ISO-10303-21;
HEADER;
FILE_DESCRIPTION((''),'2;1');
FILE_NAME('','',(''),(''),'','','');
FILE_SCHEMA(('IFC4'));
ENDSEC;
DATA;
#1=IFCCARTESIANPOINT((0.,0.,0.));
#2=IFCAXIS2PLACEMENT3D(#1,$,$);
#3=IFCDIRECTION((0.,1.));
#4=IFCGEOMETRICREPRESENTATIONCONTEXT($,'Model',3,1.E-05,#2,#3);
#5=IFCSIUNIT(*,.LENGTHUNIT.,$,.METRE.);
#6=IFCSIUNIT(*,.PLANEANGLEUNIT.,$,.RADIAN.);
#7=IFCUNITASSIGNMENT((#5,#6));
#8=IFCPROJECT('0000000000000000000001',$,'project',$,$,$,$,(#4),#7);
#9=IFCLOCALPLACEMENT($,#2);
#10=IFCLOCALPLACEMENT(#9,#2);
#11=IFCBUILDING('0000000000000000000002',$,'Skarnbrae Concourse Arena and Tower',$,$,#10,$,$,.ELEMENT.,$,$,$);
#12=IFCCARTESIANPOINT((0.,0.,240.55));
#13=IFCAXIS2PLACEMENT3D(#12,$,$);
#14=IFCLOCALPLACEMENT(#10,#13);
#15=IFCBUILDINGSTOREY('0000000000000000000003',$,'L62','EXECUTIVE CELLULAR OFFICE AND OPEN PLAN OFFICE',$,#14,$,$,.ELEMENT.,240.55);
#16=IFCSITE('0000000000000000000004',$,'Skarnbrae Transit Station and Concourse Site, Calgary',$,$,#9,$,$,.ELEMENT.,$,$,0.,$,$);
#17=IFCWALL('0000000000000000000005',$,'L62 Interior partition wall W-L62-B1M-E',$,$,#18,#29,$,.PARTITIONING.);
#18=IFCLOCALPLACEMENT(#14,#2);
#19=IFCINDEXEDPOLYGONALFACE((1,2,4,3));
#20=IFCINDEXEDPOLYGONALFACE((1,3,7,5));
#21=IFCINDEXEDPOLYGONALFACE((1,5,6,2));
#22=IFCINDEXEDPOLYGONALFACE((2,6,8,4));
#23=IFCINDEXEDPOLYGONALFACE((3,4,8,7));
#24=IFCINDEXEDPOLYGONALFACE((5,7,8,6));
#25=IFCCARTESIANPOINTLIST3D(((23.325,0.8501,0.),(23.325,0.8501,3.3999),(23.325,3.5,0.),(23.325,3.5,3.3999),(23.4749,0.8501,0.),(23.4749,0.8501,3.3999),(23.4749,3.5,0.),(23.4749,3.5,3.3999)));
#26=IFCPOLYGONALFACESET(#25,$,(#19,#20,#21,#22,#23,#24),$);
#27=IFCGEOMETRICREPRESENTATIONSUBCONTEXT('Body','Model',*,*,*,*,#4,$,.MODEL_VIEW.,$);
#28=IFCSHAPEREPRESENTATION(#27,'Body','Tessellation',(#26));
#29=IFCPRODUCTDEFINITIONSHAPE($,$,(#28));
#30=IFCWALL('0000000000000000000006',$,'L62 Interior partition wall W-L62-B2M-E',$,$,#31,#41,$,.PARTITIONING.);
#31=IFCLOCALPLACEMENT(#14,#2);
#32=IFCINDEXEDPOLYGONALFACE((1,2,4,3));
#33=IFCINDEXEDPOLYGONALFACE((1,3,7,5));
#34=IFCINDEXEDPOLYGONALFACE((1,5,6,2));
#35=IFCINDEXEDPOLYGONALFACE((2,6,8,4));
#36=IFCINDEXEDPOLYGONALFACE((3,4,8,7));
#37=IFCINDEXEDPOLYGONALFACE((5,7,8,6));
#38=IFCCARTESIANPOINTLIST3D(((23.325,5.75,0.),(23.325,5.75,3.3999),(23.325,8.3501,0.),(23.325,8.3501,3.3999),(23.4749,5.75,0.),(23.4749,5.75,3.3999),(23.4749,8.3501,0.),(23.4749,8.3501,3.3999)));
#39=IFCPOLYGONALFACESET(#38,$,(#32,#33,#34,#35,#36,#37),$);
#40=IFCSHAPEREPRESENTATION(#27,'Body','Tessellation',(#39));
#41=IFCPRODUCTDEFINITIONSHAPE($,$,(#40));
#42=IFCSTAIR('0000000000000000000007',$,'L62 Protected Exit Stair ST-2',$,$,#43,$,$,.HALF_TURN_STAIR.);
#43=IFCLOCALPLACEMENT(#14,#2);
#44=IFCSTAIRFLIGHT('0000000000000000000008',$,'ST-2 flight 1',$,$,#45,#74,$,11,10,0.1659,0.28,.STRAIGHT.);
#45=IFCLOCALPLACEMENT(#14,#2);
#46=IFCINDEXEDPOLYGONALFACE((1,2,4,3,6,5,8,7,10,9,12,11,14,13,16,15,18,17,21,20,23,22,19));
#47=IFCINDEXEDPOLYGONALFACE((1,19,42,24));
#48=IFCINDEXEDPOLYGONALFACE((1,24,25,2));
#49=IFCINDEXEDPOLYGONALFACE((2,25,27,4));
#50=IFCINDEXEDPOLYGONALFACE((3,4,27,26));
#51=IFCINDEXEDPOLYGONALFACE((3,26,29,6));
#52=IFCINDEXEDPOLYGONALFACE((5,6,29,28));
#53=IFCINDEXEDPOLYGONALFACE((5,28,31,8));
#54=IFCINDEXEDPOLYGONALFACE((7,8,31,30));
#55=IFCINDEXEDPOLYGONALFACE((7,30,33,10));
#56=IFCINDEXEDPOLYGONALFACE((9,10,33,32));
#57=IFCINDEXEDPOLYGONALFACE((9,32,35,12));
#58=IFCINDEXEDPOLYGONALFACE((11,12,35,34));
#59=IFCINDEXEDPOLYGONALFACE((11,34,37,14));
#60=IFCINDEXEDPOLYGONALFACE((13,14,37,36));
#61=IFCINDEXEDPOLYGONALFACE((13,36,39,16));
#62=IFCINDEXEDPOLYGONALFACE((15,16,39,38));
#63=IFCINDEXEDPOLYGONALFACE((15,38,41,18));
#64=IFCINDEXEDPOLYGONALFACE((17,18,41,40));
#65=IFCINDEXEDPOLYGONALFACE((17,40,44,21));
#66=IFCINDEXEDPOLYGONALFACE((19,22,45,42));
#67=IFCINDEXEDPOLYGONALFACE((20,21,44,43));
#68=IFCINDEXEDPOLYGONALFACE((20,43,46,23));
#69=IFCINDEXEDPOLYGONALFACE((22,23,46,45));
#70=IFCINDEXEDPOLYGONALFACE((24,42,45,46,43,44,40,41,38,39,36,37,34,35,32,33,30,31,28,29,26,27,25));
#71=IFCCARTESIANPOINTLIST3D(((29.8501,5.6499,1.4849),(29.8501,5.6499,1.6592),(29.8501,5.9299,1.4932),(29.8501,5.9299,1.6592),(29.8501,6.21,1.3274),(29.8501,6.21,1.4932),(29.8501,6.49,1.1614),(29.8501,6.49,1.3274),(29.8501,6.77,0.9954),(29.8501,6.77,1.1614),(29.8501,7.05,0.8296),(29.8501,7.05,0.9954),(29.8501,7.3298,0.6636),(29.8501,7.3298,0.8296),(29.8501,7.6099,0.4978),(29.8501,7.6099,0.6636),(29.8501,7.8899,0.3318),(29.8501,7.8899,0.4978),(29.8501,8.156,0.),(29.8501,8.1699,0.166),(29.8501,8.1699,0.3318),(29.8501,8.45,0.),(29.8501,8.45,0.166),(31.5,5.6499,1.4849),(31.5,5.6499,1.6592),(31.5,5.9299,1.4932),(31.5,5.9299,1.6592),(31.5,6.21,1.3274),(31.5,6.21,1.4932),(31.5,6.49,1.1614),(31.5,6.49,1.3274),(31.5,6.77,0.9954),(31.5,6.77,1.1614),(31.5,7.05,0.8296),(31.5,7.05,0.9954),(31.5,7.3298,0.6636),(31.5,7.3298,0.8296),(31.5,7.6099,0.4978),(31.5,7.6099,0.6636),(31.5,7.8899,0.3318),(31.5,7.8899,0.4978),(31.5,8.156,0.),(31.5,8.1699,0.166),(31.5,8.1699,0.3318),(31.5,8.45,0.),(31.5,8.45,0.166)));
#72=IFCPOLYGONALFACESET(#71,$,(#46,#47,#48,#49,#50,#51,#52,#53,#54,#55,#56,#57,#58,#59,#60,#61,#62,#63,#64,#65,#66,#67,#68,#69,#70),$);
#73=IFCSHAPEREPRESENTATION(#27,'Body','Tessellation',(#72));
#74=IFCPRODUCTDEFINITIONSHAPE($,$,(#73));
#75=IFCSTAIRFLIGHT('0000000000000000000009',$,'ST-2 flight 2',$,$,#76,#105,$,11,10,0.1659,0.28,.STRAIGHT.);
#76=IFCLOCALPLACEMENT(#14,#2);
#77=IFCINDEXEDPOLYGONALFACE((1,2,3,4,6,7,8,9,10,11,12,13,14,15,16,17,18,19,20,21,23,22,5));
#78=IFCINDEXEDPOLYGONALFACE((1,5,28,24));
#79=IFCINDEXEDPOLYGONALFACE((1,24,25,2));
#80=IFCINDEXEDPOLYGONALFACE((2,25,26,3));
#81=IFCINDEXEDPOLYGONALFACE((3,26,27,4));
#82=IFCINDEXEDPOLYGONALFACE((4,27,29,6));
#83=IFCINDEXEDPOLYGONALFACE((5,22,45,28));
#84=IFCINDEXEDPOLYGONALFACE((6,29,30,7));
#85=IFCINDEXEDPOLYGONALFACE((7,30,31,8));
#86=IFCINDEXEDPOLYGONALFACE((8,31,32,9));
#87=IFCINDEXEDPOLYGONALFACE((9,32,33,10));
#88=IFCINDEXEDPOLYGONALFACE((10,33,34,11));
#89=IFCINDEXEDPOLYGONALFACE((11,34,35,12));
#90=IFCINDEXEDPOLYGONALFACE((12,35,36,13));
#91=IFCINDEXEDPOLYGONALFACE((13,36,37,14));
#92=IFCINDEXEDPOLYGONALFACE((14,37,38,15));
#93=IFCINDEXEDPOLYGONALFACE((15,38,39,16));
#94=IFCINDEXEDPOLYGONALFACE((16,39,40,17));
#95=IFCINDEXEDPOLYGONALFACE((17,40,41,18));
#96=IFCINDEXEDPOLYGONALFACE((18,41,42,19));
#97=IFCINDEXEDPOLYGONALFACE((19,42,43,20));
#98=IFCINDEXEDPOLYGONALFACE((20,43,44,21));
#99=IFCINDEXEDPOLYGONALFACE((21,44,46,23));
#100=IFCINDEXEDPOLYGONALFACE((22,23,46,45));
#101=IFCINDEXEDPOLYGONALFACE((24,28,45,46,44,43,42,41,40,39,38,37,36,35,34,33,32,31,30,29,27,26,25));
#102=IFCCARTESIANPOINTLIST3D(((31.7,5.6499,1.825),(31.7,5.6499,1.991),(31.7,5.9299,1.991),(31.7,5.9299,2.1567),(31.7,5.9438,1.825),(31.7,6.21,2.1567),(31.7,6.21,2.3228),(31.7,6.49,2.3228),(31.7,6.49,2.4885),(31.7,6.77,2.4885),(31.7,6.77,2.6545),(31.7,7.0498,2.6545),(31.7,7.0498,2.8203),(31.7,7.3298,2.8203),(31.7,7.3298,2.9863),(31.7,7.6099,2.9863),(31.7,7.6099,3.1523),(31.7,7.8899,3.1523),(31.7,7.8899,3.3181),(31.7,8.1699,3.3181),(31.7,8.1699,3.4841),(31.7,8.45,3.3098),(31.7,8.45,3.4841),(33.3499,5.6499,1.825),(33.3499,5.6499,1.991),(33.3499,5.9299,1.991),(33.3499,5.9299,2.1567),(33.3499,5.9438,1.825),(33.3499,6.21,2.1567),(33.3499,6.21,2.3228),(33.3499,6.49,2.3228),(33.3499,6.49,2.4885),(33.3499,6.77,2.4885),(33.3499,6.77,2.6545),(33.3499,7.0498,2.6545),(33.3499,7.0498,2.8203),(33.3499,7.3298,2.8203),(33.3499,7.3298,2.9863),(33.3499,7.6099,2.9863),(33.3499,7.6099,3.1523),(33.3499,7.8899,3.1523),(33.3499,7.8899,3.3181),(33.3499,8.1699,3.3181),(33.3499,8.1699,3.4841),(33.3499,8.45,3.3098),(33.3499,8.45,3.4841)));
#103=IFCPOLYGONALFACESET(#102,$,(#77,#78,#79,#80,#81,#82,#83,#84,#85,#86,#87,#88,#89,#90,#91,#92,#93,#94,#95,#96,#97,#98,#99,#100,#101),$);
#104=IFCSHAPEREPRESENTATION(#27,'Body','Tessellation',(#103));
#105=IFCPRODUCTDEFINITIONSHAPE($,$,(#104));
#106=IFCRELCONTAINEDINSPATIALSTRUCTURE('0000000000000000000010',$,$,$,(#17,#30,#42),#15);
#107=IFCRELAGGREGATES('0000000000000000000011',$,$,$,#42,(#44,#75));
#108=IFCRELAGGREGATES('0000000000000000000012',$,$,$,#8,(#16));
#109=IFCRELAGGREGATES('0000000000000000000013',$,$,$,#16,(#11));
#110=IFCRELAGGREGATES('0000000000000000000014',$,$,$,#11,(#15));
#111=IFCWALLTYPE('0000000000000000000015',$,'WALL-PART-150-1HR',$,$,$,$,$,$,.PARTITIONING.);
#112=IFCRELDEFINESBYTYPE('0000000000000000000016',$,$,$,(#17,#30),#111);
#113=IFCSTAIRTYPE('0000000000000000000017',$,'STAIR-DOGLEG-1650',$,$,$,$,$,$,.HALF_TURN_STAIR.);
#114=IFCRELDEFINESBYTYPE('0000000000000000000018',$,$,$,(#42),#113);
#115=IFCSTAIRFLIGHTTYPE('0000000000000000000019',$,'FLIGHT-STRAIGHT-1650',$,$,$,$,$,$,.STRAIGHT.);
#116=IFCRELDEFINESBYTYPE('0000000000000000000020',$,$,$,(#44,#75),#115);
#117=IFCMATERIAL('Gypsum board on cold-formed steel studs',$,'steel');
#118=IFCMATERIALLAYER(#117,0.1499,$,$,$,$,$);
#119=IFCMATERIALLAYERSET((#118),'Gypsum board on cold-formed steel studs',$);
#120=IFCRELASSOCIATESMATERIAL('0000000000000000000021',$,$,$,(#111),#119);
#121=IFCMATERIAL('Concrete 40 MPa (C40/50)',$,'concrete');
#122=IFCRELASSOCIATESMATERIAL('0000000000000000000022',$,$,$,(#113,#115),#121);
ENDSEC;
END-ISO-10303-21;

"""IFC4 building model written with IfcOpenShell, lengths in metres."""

from ifc_helpers import new_model, si_unit, direction, frame, frame_2d, origin, place, context, subcontext, project, spatial, polyline, rectangle, outline, extrude, source, transform, mapped, material, layer, layer_set, type_object, element, aggregate, save


model = new_model("IFC4")

# Units and contexts
model_context = context("Model", 3, precision=1e-05, world=origin(), true_north=direction((0.0, 1.0)))
body_context = subcontext(model_context, "Body", "Model", "MODEL_VIEW")
ifc_project = project(units=[si_unit("LENGTHUNIT", "METRE"), si_unit("PLANEANGLEUNIT", "RADIAN")], contexts=[model_context])

# Site, building, storey
site_placement = place(None, origin())
site = spatial("IfcSite", under=ifc_project, at=site_placement, Name="Skarnbrae Transit Station and Concourse Site, Calgary", CompositionType="ELEMENT", RefElevation=0.0)
building_placement = place(site_placement, origin())
building = spatial("IfcBuilding", under=site, at=building_placement, Name="Skarnbrae Concourse Arena and Tower", CompositionType="ELEMENT")
storey_placement = place(building_placement, frame((0.0, 0.0, 240.55)))
storey = spatial("IfcBuildingStorey", under=building, at=storey_placement, Name="L62", Description="EXECUTIVE CELLULAR OFFICE AND OPEN PLAN OFFICE", CompositionType="ELEMENT", Elevation=240.55)

# Shared definitions
ifc_material_1 = material(Name="Gypsum board on cold-formed steel studs", Category="steel")

# Shared definitions
ifc_layer_1 = layer(ifc_material_1, 0.1499)
ifc_layer_set_1 = layer_set([ifc_layer_1], Name="Gypsum board on cold-formed steel studs")
wall_type_1 = type_object("IfcWallType", Name="WALL-PART-150-1HR", PredefinedType="PARTITIONING", material=ifc_layer_set_1)

# Walls
shared_shape_1 = source(origin(), body_context, "Body", "SweptSolid", [
    extrude(rectangle(XDim=2.6499, YDim=0.1499, at=frame_2d((1.325, 0.0))), origin(), (0.0, 0.0, 1.0), 3.3999),
])
wall_1_placement = place(storey_placement, frame((23.3999, 0.8501, 0.0), z_axis=(0.0, 0.0, 1.0), x_axis=(0.0, 1.0, 0.0)))
element("IfcWall", 1, at=wall_1_placement, inside=storey, type_object=wall_type_1, Name="L62 Interior partition wall W-L62-B1M-E", PredefinedType="PARTITIONING", context=body_context, shape_type="MappedRepresentation", body=[
    mapped(shared_shape_1, transform((0.0, 0.0, 0.0))),
])
shared_shape_2 = source(origin(), body_context, "Body", "SweptSolid", [
    extrude(rectangle(XDim=2.6001, YDim=0.1499, at=frame_2d((1.3, 0.0))), origin(), (0.0, 0.0, 1.0), 3.3999),
])
wall_2_placement = place(storey_placement, frame((23.3999, 5.75, 0.0), z_axis=(0.0, 0.0, 1.0), x_axis=(0.0, 1.0, 0.0)))
element("IfcWall", 2, at=wall_2_placement, inside=storey, type_object=wall_type_1, Name="L62 Interior partition wall W-L62-B2M-E", PredefinedType="PARTITIONING", context=body_context, shape_type="MappedRepresentation", body=[
    mapped(shared_shape_2, transform((0.0, 0.0, 0.0))),
])

# Stair, stair flights
ifc_material_2 = material(Name="Concrete 40 MPa (C40/50)", Category="concrete")
stair_type = type_object("IfcStairType", Name="STAIR-DOGLEG-1650", PredefinedType="HALF_TURN_STAIR", material=ifc_material_2)
stair_placement = place(storey_placement, origin())
stair = element("IfcStair", 3, at=stair_placement, inside=storey, type_object=stair_type, Name="L62 Protected Exit Stair ST-2", PredefinedType="HALF_TURN_STAIR")
stair_flight_type = type_object("IfcStairFlightType", Name="FLIGHT-STRAIGHT-1650", PredefinedType="STRAIGHT", material=ifc_material_2)
shared_shape_3 = source(origin(), body_context, "Body", "SweptSolid", [
    extrude(outline(polyline([(0.0, 0.0), (0.0, 0.166), (0.28, 0.166), (0.28, 0.3318), (0.5601, 0.3318), (0.5601, 0.4978), (0.8401, 0.4978), (0.8401, 0.6636), (1.1201, 0.6636), (1.1201, 0.8296), (1.3999, 0.8296), (1.3999, 0.9954), (1.6799, 0.9954), (1.6799, 1.1614), (1.96, 1.1614), (1.96, 1.3274), (2.24, 1.3274), (2.24, 1.4932), (2.52, 1.4932), (2.52, 1.6592), (2.8, 1.6592), (2.8, 1.825), (2.8, 1.4849), (0.2939, 0.0), (0.0, 0.0)])), frame((0.0, 0.825, 0.0), z_axis=(0.0, -1.0, 0.0), x_axis=(1.0, 0.0, 0.0)), (0.0, 0.0, 1.0), 1.6499),
])
stair_flight_1_placement = place(storey_placement, frame((30.675, 8.45, 0.0), z_axis=(0.0, 0.0, 1.0), x_axis=(0.0, -1.0, 0.0)))
stair_flight_1 = element("IfcStairFlight", 4, at=stair_flight_1_placement, type_object=stair_flight_type, Name="ST-2 flight 1", NumberOfRisers=11, NumberOfTreads=10, PredefinedType="STRAIGHT", RiserHeight=0.1659, TreadLength=0.28, context=body_context, shape_type="MappedRepresentation", body=[
    mapped(shared_shape_3, transform((0.0, 0.0, 0.0))),
])
stair_flight_2_placement = place(storey_placement, frame((32.5249, 5.6499, 1.825), z_axis=(0.0, 0.0, 1.0), x_axis=(0.0, 1.0, 0.0)))
stair_flight_2 = element("IfcStairFlight", 5, at=stair_flight_2_placement, type_object=stair_flight_type, Name="ST-2 flight 2", NumberOfRisers=11, NumberOfTreads=10, PredefinedType="STRAIGHT", RiserHeight=0.1659, TreadLength=0.28, context=body_context, shape_type="MappedRepresentation", body=[
    mapped(shared_shape_3, transform((0.0, 0.0, 0.0))),
])
aggregate(stair, [stair_flight_1, stair_flight_2])

save(model, "model.ifc")
